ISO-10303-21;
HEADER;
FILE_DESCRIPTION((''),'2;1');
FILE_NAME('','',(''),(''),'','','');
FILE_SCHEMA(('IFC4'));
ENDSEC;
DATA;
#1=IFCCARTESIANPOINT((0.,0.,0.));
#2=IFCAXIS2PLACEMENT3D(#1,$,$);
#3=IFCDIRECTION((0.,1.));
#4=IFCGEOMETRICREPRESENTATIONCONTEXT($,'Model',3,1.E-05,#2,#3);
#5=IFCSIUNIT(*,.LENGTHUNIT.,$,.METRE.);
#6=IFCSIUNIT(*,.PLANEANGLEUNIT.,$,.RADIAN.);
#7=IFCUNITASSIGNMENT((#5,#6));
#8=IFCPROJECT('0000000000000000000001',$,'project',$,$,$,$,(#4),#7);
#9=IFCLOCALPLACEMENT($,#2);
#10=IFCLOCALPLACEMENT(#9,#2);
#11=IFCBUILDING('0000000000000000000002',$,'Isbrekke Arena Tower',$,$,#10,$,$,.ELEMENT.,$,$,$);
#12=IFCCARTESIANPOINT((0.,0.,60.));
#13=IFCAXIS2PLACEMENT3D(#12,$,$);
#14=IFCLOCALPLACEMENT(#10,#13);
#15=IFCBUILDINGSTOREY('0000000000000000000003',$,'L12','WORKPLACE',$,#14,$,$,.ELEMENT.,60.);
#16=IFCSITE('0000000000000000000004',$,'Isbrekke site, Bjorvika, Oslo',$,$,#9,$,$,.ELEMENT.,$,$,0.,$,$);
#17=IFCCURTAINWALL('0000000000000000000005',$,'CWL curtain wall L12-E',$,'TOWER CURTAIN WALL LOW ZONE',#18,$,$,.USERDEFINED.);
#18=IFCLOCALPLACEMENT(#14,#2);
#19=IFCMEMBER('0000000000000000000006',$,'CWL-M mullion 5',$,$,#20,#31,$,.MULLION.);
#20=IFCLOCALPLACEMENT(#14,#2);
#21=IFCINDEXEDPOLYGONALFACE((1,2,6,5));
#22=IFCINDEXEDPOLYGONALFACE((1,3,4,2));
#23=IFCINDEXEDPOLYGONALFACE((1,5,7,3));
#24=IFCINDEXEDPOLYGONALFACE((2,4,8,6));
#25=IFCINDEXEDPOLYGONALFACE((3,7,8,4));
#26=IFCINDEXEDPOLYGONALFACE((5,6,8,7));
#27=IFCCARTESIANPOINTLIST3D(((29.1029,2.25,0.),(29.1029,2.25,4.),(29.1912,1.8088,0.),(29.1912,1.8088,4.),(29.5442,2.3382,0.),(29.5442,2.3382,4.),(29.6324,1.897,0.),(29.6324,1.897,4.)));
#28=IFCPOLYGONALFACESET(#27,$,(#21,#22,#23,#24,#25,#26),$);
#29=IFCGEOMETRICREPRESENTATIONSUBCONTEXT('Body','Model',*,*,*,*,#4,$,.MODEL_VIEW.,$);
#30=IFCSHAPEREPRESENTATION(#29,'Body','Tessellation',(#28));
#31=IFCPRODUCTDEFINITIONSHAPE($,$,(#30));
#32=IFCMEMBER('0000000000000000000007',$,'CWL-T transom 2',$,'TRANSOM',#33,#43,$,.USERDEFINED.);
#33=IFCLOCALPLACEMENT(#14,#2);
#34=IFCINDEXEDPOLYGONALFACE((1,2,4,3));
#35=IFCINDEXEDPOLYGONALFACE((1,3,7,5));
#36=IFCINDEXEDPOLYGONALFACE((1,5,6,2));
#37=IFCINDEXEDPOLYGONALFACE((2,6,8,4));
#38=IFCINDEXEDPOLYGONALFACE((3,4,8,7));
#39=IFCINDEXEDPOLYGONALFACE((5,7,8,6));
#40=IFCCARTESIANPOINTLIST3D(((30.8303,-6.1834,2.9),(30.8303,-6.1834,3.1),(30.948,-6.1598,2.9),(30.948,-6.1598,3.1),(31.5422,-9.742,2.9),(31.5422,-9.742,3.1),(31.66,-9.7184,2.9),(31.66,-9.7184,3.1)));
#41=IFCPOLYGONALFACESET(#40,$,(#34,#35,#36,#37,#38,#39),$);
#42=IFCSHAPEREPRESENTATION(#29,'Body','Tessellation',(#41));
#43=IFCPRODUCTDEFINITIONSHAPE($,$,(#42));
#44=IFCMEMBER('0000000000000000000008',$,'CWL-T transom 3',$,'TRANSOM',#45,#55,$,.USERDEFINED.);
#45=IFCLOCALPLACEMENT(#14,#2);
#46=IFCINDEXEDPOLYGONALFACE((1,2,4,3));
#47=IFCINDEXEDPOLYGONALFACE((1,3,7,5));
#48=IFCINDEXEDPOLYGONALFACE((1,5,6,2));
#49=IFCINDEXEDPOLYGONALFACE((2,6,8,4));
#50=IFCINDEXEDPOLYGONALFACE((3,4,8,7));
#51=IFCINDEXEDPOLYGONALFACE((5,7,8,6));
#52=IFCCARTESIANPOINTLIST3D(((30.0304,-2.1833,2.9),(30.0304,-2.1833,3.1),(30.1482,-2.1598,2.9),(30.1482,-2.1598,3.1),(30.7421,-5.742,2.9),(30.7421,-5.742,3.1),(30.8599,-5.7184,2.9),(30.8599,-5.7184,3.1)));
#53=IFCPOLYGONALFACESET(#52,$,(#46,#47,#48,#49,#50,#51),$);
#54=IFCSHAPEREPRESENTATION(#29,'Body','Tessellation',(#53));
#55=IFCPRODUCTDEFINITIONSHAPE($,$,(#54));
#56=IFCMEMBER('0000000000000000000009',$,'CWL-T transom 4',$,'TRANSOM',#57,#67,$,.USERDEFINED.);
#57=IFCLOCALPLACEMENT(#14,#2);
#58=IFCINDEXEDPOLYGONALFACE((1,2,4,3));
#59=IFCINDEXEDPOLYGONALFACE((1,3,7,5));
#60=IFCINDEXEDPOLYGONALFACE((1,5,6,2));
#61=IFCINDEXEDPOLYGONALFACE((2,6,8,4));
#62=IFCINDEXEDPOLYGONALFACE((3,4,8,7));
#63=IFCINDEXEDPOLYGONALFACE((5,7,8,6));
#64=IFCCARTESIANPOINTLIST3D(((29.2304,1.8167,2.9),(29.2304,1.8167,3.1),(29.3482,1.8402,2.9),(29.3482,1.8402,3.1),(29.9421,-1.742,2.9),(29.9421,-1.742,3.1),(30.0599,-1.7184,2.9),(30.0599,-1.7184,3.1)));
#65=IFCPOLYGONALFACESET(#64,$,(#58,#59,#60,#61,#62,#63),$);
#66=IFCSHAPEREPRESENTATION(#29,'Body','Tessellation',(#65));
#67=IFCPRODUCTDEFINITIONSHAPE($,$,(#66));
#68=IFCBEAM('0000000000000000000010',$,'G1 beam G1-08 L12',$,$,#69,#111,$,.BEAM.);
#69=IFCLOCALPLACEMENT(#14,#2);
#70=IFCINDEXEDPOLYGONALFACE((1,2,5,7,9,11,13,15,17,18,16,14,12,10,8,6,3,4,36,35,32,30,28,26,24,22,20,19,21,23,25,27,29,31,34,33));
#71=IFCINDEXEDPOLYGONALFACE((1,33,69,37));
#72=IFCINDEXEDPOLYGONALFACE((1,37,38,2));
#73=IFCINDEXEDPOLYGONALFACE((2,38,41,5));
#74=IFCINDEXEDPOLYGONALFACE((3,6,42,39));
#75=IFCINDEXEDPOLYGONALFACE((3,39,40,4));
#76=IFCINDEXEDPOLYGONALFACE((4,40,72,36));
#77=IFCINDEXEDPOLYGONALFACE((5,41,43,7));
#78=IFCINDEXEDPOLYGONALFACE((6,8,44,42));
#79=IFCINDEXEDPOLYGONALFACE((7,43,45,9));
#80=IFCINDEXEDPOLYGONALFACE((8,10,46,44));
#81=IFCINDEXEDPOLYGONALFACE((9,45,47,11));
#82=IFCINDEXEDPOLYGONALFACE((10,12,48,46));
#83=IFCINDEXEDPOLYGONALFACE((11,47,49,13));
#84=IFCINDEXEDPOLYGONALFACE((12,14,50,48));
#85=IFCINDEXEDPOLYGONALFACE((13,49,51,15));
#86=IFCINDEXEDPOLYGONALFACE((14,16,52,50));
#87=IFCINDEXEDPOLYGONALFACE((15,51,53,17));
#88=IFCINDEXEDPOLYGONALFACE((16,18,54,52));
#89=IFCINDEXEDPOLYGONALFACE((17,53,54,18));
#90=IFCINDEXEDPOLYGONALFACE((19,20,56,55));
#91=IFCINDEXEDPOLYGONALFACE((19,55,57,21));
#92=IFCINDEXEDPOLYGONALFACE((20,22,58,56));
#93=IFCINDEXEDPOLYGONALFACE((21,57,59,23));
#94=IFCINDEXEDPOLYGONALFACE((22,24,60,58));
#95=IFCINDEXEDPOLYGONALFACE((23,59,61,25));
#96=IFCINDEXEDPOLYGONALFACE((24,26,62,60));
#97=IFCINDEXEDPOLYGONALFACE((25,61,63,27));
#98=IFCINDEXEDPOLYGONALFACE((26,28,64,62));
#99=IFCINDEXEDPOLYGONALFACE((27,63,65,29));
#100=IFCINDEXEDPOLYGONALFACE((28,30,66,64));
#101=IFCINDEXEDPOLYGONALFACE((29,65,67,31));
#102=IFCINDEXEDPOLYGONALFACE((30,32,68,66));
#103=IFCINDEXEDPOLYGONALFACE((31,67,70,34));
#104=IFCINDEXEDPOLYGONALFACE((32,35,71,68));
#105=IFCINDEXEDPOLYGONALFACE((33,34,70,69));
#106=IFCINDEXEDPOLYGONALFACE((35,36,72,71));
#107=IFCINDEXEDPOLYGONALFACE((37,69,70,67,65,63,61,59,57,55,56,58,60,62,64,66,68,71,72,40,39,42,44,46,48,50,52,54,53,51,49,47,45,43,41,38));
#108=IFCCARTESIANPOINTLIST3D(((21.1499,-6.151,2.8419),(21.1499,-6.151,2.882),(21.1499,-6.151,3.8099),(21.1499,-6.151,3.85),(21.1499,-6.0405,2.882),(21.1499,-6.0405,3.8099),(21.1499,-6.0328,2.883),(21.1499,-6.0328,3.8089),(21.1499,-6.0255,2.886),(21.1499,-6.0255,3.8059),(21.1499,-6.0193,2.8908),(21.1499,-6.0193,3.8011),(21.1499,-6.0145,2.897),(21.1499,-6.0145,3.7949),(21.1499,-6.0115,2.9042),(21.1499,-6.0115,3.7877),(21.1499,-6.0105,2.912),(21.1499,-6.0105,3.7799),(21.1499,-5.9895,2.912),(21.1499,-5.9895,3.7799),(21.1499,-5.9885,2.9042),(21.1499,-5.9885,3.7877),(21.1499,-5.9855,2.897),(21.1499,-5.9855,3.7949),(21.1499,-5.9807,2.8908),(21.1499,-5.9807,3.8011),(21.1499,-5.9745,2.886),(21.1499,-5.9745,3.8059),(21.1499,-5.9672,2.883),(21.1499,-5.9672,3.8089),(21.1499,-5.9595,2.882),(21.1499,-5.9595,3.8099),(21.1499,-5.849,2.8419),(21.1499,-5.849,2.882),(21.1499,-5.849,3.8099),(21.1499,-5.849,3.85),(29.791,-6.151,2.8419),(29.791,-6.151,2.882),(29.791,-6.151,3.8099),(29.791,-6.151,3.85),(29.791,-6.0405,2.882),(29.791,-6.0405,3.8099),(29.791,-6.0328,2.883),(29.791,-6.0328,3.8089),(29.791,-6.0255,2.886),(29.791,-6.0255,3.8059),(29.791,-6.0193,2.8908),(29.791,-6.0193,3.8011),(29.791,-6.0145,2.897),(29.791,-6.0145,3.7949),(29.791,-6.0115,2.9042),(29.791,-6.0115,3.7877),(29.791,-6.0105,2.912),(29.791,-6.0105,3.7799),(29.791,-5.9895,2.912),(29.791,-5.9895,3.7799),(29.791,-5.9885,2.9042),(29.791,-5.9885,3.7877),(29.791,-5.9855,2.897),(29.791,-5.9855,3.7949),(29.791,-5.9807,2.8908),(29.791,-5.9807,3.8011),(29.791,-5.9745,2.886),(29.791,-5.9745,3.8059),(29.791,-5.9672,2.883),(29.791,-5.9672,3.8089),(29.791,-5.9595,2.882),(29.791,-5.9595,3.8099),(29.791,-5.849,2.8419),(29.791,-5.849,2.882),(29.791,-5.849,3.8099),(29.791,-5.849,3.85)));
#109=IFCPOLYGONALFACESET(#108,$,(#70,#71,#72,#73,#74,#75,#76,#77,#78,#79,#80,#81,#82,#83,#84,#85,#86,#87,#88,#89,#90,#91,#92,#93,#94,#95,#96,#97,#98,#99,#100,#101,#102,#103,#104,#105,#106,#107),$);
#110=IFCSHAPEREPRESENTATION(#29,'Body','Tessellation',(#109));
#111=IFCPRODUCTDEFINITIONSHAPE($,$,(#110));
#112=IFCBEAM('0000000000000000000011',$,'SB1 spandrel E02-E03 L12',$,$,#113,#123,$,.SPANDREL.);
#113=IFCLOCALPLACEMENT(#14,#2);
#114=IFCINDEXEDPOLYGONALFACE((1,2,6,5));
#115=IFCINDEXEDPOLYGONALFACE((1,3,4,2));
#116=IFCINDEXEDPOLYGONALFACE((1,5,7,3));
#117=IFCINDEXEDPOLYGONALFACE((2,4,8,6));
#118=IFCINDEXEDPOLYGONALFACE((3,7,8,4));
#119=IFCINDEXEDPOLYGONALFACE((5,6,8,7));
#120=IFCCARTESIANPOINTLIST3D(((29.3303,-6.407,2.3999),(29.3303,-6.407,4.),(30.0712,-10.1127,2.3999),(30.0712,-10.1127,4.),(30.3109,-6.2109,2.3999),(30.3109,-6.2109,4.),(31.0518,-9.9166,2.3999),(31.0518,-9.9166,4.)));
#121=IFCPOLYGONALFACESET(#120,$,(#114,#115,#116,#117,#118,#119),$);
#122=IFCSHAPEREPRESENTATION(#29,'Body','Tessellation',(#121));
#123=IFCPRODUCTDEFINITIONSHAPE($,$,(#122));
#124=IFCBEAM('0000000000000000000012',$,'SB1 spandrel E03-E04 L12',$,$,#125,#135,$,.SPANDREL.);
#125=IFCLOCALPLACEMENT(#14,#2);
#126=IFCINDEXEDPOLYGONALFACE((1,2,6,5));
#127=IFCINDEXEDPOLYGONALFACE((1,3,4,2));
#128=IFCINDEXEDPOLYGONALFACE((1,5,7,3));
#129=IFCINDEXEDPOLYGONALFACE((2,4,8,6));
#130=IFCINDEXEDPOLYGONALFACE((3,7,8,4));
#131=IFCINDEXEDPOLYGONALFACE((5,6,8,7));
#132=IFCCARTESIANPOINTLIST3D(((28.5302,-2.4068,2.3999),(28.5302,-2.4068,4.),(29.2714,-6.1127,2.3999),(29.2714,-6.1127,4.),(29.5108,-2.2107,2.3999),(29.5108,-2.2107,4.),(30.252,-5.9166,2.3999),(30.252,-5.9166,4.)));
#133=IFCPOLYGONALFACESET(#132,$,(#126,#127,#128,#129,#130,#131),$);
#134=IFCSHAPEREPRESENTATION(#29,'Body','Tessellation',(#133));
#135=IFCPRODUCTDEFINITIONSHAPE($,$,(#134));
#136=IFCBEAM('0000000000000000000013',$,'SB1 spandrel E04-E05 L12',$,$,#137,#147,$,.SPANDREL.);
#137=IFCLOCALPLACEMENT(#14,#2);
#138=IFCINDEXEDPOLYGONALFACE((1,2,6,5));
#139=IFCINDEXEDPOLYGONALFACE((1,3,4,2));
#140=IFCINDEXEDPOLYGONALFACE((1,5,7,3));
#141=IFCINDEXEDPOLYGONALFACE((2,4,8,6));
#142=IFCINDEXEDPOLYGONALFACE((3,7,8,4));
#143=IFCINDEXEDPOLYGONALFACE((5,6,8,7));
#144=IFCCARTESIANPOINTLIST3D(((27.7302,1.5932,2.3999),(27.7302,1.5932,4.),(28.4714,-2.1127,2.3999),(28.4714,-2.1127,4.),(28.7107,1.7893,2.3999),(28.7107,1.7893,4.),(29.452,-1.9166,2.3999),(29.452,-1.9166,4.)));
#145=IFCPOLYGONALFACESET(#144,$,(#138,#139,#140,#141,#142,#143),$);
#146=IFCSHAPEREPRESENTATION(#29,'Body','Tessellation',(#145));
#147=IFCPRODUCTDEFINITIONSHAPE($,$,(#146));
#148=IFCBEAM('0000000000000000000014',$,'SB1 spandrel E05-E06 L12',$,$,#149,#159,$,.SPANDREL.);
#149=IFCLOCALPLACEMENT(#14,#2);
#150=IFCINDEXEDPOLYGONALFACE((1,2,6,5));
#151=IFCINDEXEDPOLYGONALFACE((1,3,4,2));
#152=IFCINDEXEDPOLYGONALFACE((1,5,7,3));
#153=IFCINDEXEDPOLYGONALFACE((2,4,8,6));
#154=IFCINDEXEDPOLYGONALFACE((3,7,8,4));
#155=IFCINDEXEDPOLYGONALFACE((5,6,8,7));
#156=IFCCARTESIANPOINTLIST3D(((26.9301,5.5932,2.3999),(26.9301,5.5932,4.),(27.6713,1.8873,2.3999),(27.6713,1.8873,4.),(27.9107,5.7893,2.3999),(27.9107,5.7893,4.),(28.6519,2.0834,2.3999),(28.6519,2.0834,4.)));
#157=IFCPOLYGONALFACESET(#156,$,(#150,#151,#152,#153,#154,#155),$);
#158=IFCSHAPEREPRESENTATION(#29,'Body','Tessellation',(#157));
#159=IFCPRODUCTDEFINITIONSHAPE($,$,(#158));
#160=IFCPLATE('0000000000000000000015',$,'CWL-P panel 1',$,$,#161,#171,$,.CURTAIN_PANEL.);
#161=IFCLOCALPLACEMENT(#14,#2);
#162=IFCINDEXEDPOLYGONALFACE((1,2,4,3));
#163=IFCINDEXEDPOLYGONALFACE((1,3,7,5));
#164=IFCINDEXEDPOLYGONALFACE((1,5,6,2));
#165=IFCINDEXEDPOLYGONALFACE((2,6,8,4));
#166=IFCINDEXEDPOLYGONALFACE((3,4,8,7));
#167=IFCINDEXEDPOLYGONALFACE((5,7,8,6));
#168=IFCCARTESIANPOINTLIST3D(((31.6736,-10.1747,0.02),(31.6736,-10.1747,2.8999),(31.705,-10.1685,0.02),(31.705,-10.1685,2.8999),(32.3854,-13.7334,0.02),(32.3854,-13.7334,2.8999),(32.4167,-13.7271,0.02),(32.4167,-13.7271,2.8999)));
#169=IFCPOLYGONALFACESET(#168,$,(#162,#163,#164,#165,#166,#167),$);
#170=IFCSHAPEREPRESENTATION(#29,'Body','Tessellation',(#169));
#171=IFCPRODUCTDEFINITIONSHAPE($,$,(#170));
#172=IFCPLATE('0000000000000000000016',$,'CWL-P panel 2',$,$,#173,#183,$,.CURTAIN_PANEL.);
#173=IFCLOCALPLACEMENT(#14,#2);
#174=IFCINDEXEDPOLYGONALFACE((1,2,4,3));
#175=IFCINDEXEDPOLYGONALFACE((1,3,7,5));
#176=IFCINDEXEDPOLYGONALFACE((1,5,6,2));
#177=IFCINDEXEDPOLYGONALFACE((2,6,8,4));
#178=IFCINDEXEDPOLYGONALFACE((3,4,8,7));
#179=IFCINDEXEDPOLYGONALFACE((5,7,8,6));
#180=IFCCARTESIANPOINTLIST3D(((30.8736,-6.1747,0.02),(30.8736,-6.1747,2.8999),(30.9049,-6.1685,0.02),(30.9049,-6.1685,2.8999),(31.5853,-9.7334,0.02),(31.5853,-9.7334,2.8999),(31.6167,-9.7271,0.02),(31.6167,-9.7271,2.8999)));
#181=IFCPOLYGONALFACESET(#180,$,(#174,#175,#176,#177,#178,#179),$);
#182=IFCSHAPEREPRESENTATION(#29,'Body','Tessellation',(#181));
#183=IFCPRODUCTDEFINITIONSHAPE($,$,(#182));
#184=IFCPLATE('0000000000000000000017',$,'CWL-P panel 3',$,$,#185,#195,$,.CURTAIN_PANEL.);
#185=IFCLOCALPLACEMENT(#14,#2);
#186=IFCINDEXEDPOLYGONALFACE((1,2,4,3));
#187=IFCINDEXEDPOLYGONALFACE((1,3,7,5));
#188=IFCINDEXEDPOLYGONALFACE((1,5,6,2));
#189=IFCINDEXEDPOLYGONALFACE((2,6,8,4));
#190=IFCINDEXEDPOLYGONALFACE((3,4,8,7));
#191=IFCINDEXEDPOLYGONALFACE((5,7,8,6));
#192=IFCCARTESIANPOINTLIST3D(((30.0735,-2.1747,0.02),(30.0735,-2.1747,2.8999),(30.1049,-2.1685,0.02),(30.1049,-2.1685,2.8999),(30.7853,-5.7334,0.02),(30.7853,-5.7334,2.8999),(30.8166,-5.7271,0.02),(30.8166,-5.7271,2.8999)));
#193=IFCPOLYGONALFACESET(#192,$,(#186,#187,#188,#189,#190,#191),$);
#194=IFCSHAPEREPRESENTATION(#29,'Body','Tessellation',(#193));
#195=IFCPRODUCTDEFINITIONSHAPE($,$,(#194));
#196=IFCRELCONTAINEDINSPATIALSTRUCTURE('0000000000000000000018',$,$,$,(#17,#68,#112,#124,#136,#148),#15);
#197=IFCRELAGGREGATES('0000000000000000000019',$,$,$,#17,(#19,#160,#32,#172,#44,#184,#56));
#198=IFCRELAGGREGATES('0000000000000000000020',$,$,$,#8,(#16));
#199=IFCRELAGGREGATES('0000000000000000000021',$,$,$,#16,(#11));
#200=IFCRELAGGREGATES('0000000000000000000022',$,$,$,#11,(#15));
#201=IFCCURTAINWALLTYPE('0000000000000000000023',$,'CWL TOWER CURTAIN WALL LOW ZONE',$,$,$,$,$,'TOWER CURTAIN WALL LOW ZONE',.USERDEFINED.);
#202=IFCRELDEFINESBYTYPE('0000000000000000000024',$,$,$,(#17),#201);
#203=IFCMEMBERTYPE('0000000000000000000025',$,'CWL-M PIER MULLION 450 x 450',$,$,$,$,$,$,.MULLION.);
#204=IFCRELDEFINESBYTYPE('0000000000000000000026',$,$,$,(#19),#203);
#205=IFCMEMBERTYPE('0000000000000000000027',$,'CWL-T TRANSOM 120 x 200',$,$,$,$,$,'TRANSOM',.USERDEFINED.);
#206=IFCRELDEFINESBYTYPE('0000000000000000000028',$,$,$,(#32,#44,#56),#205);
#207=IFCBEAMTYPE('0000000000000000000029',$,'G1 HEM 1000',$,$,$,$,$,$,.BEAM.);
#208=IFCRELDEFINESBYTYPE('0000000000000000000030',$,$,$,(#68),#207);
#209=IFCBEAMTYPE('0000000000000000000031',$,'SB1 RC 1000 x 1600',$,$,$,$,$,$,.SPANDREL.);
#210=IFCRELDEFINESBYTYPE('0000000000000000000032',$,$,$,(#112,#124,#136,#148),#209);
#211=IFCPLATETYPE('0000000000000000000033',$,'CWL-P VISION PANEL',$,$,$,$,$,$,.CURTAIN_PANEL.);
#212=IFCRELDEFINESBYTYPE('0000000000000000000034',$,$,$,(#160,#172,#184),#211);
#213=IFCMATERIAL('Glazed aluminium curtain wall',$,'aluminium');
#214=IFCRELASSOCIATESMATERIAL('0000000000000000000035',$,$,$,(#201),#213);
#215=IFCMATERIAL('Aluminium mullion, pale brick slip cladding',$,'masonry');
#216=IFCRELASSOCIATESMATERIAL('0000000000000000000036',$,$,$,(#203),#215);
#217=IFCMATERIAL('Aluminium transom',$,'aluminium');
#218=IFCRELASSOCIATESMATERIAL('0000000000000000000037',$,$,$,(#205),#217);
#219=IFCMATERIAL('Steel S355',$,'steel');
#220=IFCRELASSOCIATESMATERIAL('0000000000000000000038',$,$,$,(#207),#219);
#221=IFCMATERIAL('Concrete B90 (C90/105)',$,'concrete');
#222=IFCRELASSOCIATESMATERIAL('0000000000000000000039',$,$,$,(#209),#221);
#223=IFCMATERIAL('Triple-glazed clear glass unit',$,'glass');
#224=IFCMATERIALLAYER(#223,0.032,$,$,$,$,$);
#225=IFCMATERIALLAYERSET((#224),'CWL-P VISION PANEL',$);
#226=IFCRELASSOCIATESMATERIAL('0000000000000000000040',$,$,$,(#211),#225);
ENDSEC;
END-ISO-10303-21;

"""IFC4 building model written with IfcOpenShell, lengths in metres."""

from ifc_helpers import new_model, si_unit, direction, frame, origin, origin_2d, place, context, subcontext, project, spatial, rectangle, i_section, extrude, material, layer, layer_set, material_profile, profile_set, type_object, element, aggregate, save


model = new_model("IFC4")

# Units and contexts
model_context = context("Model", 3, precision=1e-05, world=origin(), true_north=direction((0.0, 1.0)))
body_context = subcontext(model_context, "Body", "Model", "MODEL_VIEW")
ifc_project = project(units=[si_unit("LENGTHUNIT", "METRE"), si_unit("PLANEANGLEUNIT", "RADIAN")], contexts=[model_context])

# Site, building, storey
site_placement = place(None, origin())
site = spatial("IfcSite", under=ifc_project, at=site_placement, Name="Isbrekke site, Bjorvika, Oslo", CompositionType="ELEMENT", RefElevation=0.0)
building_placement = place(site_placement, origin())
building = spatial("IfcBuilding", under=site, at=building_placement, Name="Isbrekke Arena Tower", CompositionType="ELEMENT")
storey_placement = place(building_placement, frame((0.0, 0.0, 60.0)))
storey = spatial("IfcBuildingStorey", under=building, at=storey_placement, Name="L12", Description="WORKPLACE", CompositionType="ELEMENT", Elevation=60.0)

# Curtain wall, members
ifc_material_1 = material(Name="Glazed aluminium curtain wall", Category="aluminium")
curtain_wall_type = type_object("IfcCurtainWallType", Name="CWL TOWER CURTAIN WALL LOW ZONE", ElementType="TOWER CURTAIN WALL LOW ZONE", PredefinedType="USERDEFINED", material=ifc_material_1)
curtain_wall_placement = place(storey_placement, origin())
curtain_wall = element("IfcCurtainWall", 1, at=curtain_wall_placement, inside=storey, type_object=curtain_wall_type, Name="CWL curtain wall L12-E", ObjectType="TOWER CURTAIN WALL LOW ZONE", PredefinedType="USERDEFINED")
ifc_material_2 = material(Name="Aluminium mullion, pale brick slip cladding", Category="masonry")
ifc_material_profile_1 = material_profile(ifc_material_2, rectangle(XDim=0.45, YDim=0.45, at=origin_2d()), Name="PIER 450X450")
ifc_profile_set_1 = profile_set([ifc_material_profile_1], Name="Aluminium mullion, pale brick slip cladding")
member_type_1 = type_object("IfcMemberType", Name="CWL-M PIER MULLION 450 x 450", PredefinedType="MULLION", material=ifc_profile_set_1)
member_1_placement = place(storey_placement, frame((29.3677, 2.0735, 0.0), z_axis=(0.0, 0.0, 1.0), x_axis=(-0.196116, 0.980581, 0.0)))
member_1 = element("IfcMember", 2, at=member_1_placement, type_object=member_type_1, Name="CWL-M mullion 5", PredefinedType="MULLION", context=body_context, shape_type="SweptSolid", body=[
    extrude(rectangle(XDim=0.45, YDim=0.45, at=origin_2d()), origin(), (0.0, 0.0, 1.0), 4.0),
])
ifc_material_3 = material(Name="Aluminium transom", Category="aluminium")
ifc_material_profile_2 = material_profile(ifc_material_3, rectangle(XDim=0.1201, YDim=0.2, at=origin_2d()), Name="TRANSOM 120X200")
ifc_profile_set_2 = profile_set([ifc_material_profile_2], Name="Aluminium transom")
member_type_2 = type_object("IfcMemberType", Name="CWL-T TRANSOM 120 x 200", ElementType="TRANSOM", PredefinedType="USERDEFINED", material=ifc_profile_set_2)
member_2_placement = place(storey_placement, frame((31.6011, -9.7302, 3.0), z_axis=(-0.196168, 0.98057, 0.0), x_axis=(-0.98057, -0.196168, 0.0)))
member_2 = element("IfcMember", 3, at=member_2_placement, type_object=member_type_2, Name="CWL-T transom 2", ObjectType="TRANSOM", PredefinedType="USERDEFINED", context=body_context, shape_type="SweptSolid", body=[
    extrude(rectangle(XDim=0.1201, YDim=0.2, at=origin_2d()), origin(), (0.0, 0.0, 1.0), 3.6292),
])
member_3_placement = place(storey_placement, frame((30.801, -5.7302, 3.0), z_axis=(-0.196103, 0.980583, 0.0), x_axis=(-0.980583, -0.196103, 0.0)))
member_3 = element("IfcMember", 4, at=member_3_placement, type_object=member_type_2, Name="CWL-T transom 3", ObjectType="TRANSOM", PredefinedType="USERDEFINED", context=body_context, shape_type="SweptSolid", body=[
    extrude(rectangle(XDim=0.1201, YDim=0.2, at=origin_2d()), origin(), (0.0, 0.0, 1.0), 3.6292),
])
member_4_placement = place(storey_placement, frame((30.001, -1.7302, 3.0), z_axis=(-0.196103, 0.980583, 0.0), x_axis=(-0.980583, -0.196103, 0.0)))
member_4 = element("IfcMember", 5, at=member_4_placement, type_object=member_type_2, Name="CWL-T transom 4", ObjectType="TRANSOM", PredefinedType="USERDEFINED", context=body_context, shape_type="SweptSolid", body=[
    extrude(rectangle(XDim=0.1201, YDim=0.2, at=origin_2d()), origin(), (0.0, 0.0, 1.0), 3.6292),
])

# Beams
ifc_material_4 = material(Name="Steel S355", Category="steel")
ifc_material_profile_3 = material_profile(ifc_material_4, i_section(OverallWidth=0.302, OverallDepth=1.0081, WebThickness=0.021, FlangeThickness=0.04, FilletRadius=0.03, at=origin_2d()), Name="HEM 1000")
ifc_profile_set_3 = profile_set([ifc_material_profile_3], Name="Steel S355")
beam_type_1 = type_object("IfcBeamType", Name="G1 HEM 1000", PredefinedType="BEAM", material=ifc_profile_set_3)
beam_1_placement = place(storey_placement, frame((21.1499, -6.0, 3.3459), z_axis=(1.0, 0.0, 0.0), x_axis=(0.0, 1.0, 0.0)))
element("IfcBeam", 6, at=beam_1_placement, inside=storey, type_object=beam_type_1, Name="G1 beam G1-08 L12", PredefinedType="BEAM", context=body_context, shape_type="SweptSolid", body=[
    extrude(i_section(OverallWidth=0.302, OverallDepth=1.0081, WebThickness=0.021, FlangeThickness=0.04, FilletRadius=0.03, at=origin_2d()), origin(), (0.0, 0.0, 1.0), 8.6411),
])
ifc_material_5 = material(Name="Concrete B90 (C90/105)", Category="concrete")
ifc_material_profile_4 = material_profile(ifc_material_5, rectangle(XDim=1.0, YDim=1.6001, at=origin_2d()), Name="RC 1000x1600")
ifc_profile_set_4 = profile_set([ifc_material_profile_4], Name="Concrete B90 (C90/105)")
beam_type_2 = type_object("IfcBeamType", Name="SB1 RC 1000 x 1600", PredefinedType="SPANDREL", material=ifc_profile_set_4)
beam_2_placement = place(storey_placement, frame((30.5615, -10.0146, 3.2), z_axis=(-0.196066, 0.980591, 0.0), x_axis=(-0.980591, -0.196066, 0.0)))
element("IfcBeam", 7, at=beam_2_placement, inside=storey, type_object=beam_type_2, Name="SB1 spandrel E02-E03 L12", PredefinedType="SPANDREL", context=body_context, shape_type="SweptSolid", body=[
    extrude(rectangle(XDim=1.0, YDim=1.6001, at=origin_2d()), origin(), (0.0, 0.0, 1.0), 3.7791),
])
for number, where, z_axis, x_axis, name in (
    (8, (29.7617, -6.0146, 3.2), (-0.196129, 0.980578, 0.0), (-0.980578, -0.196129, 0.0), "SB1 spandrel E03-E04 L12"),
    (9, (28.9617, -2.0146, 3.2), (-0.196129, 0.980578, 0.0), (-0.980578, -0.196129, 0.0), "SB1 spandrel E04-E05 L12"),
    (10, (28.1616, 1.9854, 3.2), (-0.196129, 0.980578, 0.0), (-0.980578, -0.196129, 0.0), "SB1 spandrel E05-E06 L12"),
):
    element("IfcBeam", number, at=place(storey_placement, frame(where, z_axis=z_axis, x_axis=x_axis)), inside=storey, type_object=beam_type_2, Name=name, PredefinedType="SPANDREL", context=body_context, shape_type="SweptSolid", body=[
        extrude(rectangle(XDim=1.0, YDim=1.6001, at=origin_2d()), origin(), (0.0, 0.0, 1.0), 3.7793),
    ])

# Plates
ifc_material_6 = material(Name="Triple-glazed clear glass unit", Category="glass")
ifc_layer_1 = layer(ifc_material_6, 0.032)
ifc_layer_set_1 = layer_set([ifc_layer_1], Name="CWL-P VISION PANEL")
plate_type = type_object("IfcPlateType", Name="CWL-P VISION PANEL", PredefinedType="CURTAIN_PANEL", material=ifc_layer_set_1)
plate_1_placement = place(storey_placement, frame((32.0452, -11.9509, 0.02), z_axis=(0.0, 0.0, 1.0), x_axis=(-0.196116, 0.980581, 0.0)))
plate_1 = element("IfcPlate", 11, at=plate_1_placement, type_object=plate_type, Name="CWL-P panel 1", PredefinedType="CURTAIN_PANEL", context=body_context, shape_type="SweptSolid", body=[
    extrude(rectangle(XDim=3.6292, YDim=0.032, at=origin_2d()), origin(), (0.0, 0.0, 1.0), 2.8799),
])
plate_2_placement = place(storey_placement, frame((31.2451, -7.9509, 0.02), z_axis=(0.0, 0.0, 1.0), x_axis=(-0.196116, 0.980581, 0.0)))
plate_2 = element("IfcPlate", 12, at=plate_2_placement, type_object=plate_type, Name="CWL-P panel 2", PredefinedType="CURTAIN_PANEL", context=body_context, shape_type="SweptSolid", body=[
    extrude(rectangle(XDim=3.6292, YDim=0.032, at=origin_2d()), origin(), (0.0, 0.0, 1.0), 2.8799),
])
plate_3_placement = place(storey_placement, frame((30.4451, -3.9509, 0.02), z_axis=(0.0, 0.0, 1.0), x_axis=(-0.196116, 0.980581, 0.0)))
plate_3 = element("IfcPlate", 13, at=plate_3_placement, type_object=plate_type, Name="CWL-P panel 3", PredefinedType="CURTAIN_PANEL", context=body_context, shape_type="SweptSolid", body=[
    extrude(rectangle(XDim=3.6292, YDim=0.032, at=origin_2d()), origin(), (0.0, 0.0, 1.0), 2.8799),
])
aggregate(curtain_wall, [member_1, plate_1, member_2, plate_2, member_3, plate_3, member_4])

save(model, "model.ifc")
